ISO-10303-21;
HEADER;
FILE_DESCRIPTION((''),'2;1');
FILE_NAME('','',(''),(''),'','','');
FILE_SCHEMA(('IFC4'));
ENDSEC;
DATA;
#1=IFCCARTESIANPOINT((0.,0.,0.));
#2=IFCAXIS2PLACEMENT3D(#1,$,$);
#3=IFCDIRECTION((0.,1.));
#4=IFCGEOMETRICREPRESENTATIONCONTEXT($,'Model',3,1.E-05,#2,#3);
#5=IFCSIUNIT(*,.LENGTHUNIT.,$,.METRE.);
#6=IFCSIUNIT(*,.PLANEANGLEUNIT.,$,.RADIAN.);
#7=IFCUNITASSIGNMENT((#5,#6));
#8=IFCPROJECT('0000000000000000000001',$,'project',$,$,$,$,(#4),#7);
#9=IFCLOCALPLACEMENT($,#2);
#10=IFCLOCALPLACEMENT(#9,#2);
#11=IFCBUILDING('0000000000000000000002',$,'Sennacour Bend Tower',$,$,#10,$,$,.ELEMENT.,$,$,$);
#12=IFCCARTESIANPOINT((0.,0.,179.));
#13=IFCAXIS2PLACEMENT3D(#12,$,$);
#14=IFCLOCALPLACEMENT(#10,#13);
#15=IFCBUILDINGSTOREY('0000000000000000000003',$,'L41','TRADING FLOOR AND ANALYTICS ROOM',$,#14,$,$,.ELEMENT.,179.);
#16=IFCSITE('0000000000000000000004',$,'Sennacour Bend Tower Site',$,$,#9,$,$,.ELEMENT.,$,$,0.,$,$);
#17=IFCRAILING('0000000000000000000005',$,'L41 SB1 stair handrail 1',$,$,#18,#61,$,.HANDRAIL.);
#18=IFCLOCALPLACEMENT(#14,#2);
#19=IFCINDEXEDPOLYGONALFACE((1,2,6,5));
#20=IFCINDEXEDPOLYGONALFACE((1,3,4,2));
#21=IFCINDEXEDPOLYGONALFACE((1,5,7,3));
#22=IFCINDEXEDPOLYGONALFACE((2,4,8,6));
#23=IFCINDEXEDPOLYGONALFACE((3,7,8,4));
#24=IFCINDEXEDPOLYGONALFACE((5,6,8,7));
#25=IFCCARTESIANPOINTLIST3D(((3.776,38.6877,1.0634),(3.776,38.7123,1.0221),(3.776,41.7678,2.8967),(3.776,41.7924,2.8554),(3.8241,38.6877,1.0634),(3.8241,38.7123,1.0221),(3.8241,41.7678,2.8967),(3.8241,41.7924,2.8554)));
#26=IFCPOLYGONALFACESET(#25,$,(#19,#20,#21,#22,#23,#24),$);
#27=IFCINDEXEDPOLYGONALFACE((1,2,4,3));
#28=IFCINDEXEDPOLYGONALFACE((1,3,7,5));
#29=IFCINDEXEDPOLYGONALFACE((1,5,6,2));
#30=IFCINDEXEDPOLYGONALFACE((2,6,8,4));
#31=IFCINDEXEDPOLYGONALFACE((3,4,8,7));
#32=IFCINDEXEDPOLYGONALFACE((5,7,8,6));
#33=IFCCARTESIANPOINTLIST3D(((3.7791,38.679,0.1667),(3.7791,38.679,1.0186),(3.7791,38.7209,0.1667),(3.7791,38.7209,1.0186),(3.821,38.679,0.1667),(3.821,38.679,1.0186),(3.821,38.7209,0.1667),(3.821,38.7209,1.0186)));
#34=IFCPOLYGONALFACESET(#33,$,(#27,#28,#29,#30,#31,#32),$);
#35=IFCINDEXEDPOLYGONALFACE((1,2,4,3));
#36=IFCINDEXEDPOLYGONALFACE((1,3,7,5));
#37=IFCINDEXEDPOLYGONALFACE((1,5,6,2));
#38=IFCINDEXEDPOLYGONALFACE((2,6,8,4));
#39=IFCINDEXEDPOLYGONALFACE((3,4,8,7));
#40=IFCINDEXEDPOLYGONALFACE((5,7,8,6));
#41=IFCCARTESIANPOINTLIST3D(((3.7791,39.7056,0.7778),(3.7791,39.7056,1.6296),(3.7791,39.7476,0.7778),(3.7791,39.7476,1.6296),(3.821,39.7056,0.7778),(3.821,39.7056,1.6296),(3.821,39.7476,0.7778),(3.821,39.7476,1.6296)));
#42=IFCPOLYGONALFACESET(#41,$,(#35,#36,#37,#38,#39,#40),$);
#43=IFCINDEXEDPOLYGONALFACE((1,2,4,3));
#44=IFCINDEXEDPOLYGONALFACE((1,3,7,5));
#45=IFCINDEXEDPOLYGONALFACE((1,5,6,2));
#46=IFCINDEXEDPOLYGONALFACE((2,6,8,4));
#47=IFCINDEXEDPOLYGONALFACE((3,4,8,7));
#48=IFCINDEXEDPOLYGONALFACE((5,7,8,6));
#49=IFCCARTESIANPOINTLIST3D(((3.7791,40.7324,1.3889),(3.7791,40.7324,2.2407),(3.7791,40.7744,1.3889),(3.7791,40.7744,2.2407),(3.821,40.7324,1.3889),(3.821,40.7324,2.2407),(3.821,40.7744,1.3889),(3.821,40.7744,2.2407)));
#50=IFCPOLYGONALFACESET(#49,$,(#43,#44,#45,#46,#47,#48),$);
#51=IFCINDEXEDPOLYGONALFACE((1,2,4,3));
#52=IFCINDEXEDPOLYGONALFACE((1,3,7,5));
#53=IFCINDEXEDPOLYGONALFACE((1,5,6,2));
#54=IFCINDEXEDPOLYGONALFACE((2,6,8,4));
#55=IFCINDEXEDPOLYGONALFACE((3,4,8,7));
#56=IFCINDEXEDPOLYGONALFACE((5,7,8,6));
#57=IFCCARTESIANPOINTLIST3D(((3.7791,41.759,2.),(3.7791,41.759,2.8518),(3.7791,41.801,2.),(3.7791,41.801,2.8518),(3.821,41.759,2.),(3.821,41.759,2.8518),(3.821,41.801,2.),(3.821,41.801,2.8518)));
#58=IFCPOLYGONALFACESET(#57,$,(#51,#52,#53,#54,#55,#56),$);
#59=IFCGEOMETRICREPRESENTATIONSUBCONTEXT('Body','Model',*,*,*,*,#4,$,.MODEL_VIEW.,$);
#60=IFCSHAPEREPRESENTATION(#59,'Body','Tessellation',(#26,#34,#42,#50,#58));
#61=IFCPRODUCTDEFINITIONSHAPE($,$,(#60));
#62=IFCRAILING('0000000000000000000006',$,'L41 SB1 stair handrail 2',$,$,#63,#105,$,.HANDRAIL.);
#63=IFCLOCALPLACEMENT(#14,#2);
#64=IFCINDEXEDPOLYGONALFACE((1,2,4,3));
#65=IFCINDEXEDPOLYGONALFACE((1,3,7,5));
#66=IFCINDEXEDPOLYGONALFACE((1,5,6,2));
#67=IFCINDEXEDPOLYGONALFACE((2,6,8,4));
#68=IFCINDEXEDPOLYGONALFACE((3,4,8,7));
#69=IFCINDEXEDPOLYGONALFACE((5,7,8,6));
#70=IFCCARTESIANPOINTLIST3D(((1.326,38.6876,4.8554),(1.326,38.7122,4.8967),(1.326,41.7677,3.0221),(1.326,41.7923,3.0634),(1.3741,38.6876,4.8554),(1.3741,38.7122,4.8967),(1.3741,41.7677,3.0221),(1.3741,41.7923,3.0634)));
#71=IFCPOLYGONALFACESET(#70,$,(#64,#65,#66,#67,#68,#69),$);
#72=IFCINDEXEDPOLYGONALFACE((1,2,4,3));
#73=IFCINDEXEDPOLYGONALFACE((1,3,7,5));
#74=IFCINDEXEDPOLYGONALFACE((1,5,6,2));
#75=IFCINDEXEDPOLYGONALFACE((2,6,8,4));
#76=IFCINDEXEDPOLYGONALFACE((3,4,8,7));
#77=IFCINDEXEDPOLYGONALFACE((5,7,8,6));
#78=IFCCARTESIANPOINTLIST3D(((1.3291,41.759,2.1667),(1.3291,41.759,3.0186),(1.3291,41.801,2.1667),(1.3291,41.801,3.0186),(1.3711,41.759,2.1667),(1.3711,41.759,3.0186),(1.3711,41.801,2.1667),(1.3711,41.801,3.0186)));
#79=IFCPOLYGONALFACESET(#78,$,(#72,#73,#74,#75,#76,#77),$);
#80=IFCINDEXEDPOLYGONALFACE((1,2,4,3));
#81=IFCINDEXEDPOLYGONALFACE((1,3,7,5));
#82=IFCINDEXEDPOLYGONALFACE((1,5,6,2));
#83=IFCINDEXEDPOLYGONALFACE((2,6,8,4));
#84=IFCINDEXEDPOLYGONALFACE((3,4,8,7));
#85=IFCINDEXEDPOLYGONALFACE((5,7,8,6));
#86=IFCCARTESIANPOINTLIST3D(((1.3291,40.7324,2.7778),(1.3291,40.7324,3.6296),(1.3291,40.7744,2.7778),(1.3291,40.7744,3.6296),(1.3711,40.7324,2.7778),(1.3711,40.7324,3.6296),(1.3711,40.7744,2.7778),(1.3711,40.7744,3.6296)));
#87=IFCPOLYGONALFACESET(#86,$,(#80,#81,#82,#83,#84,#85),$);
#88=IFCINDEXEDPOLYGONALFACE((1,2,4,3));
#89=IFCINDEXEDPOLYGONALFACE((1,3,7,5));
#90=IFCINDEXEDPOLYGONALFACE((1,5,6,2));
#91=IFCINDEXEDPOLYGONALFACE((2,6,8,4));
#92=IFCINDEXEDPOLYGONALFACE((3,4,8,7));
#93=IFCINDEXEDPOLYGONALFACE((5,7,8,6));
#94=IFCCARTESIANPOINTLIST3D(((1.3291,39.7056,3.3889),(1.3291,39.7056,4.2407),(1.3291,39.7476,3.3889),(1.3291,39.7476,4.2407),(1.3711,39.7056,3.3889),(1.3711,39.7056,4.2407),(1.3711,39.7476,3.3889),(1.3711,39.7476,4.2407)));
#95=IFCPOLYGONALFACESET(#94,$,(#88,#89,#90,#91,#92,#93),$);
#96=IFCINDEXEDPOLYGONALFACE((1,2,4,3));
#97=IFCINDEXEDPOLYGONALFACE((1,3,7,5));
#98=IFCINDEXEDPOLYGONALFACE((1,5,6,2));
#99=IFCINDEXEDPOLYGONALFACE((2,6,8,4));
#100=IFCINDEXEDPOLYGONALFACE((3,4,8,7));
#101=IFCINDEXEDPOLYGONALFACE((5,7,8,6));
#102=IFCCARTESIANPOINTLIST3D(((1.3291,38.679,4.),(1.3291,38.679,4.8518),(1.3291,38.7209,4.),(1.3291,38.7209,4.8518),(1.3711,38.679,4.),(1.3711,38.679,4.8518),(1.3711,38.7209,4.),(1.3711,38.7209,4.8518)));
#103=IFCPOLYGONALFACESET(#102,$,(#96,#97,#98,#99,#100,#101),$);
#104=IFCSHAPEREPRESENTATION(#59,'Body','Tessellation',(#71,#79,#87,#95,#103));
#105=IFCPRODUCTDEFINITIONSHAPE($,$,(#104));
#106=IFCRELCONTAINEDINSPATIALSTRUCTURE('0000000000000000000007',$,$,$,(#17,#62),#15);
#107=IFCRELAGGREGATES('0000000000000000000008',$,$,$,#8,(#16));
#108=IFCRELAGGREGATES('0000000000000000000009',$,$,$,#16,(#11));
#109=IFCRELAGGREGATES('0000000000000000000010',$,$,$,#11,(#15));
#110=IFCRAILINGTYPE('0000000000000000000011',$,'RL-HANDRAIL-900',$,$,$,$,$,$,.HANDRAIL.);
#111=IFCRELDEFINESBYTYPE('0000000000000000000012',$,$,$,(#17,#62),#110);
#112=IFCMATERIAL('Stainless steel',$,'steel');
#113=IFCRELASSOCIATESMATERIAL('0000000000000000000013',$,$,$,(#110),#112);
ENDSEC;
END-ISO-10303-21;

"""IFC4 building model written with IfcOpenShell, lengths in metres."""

from ifc_helpers import new_model, si_unit, direction, frame, origin, origin_2d, place, context, subcontext, project, spatial, rectangle, extrude, material, type_object, element, save


model = new_model("IFC4")

# Units and contexts
model_context = context("Model", 3, precision=1e-05, world=origin(), true_north=direction((0.0, 1.0)))
body_context = subcontext(model_context, "Body", "Model", "MODEL_VIEW")
ifc_project = project(units=[si_unit("LENGTHUNIT", "METRE"), si_unit("PLANEANGLEUNIT", "RADIAN")], contexts=[model_context])

# Site, building, storey
site_placement = place(None, origin())
site = spatial("IfcSite", under=ifc_project, at=site_placement, Name="Sennacour Bend Tower Site", CompositionType="ELEMENT", RefElevation=0.0)
building_placement = place(site_placement, origin())
building = spatial("IfcBuilding", under=site, at=building_placement, Name="Sennacour Bend Tower", CompositionType="ELEMENT")
storey_placement = place(building_placement, frame((0.0, 0.0, 179.0)))
storey = spatial("IfcBuildingStorey", under=building, at=storey_placement, Name="L41", Description="TRADING FLOOR AND ANALYTICS ROOM", CompositionType="ELEMENT", Elevation=179.0)

# Railings
ifc_material_1 = material(Name="Stainless steel", Category="steel")
railing_type_1 = type_object("IfcRailingType", Name="RL-HANDRAIL-900", PredefinedType="HANDRAIL", material=ifc_material_1)
railing_1_placement = place(storey_placement, frame((3.8, 38.7, 0.1667)))
element("IfcRailing", 1, at=railing_1_placement, inside=storey, type_object=railing_type_1, Name="L41 SB1 stair handrail 1", PredefinedType="HANDRAIL", context=body_context, shape_type="SweptSolid", body=[
    extrude(rectangle(XDim=0.0481, YDim=0.0481, at=origin_2d()), frame((0.0, 0.0, 0.876), z_axis=(0.0, 0.859309, 0.511458), x_axis=(-1.0, 0.0, 0.0)), (0.0, 0.0, 1.0), 3.5845),
    extrude(rectangle(XDim=0.042, YDim=0.042, at=origin_2d()), origin(), (0.0, 0.0, 1.0), 0.8518),
    extrude(rectangle(XDim=0.042, YDim=0.042, at=origin_2d()), frame((0.0, 1.0266, 0.6111)), (0.0, 0.0, 1.0), 0.8518),
    extrude(rectangle(XDim=0.042, YDim=0.042, at=origin_2d()), frame((0.0, 2.0535, 1.2222)), (0.0, 0.0, 1.0), 0.8518),
    extrude(rectangle(XDim=0.042, YDim=0.042, at=origin_2d()), frame((0.0, 3.0801, 1.8333)), (0.0, 0.0, 1.0), 0.8518),
])
railing_2_placement = place(storey_placement, frame((1.3501, 41.78, 2.1667)))
element("IfcRailing", 2, at=railing_2_placement, inside=storey, type_object=railing_type_1, Name="L41 SB1 stair handrail 2", PredefinedType="HANDRAIL", context=body_context, shape_type="SweptSolid", body=[
    extrude(rectangle(XDim=0.0481, YDim=0.0481, at=origin_2d()), frame((0.0, 0.0, 0.876), z_axis=(0.0, -0.859309, 0.511458), x_axis=(1.0, 0.0, 0.0)), (0.0, 0.0, 1.0), 3.5845),
    extrude(rectangle(XDim=0.042, YDim=0.042, at=origin_2d()), origin(), (0.0, 0.0, 1.0), 0.8518),
    extrude(rectangle(XDim=0.042, YDim=0.042, at=origin_2d()), frame((0.0, -1.0266, 0.6111)), (0.0, 0.0, 1.0), 0.8518),
    extrude(rectangle(XDim=0.042, YDim=0.042, at=origin_2d()), frame((0.0, -2.0535, 1.2222)), (0.0, 0.0, 1.0), 0.8518),
    extrude(rectangle(XDim=0.042, YDim=0.042, at=origin_2d()), frame((0.0, -3.0801, 1.8333)), (0.0, 0.0, 1.0), 0.8518),
])

save(model, "model.ifc")
